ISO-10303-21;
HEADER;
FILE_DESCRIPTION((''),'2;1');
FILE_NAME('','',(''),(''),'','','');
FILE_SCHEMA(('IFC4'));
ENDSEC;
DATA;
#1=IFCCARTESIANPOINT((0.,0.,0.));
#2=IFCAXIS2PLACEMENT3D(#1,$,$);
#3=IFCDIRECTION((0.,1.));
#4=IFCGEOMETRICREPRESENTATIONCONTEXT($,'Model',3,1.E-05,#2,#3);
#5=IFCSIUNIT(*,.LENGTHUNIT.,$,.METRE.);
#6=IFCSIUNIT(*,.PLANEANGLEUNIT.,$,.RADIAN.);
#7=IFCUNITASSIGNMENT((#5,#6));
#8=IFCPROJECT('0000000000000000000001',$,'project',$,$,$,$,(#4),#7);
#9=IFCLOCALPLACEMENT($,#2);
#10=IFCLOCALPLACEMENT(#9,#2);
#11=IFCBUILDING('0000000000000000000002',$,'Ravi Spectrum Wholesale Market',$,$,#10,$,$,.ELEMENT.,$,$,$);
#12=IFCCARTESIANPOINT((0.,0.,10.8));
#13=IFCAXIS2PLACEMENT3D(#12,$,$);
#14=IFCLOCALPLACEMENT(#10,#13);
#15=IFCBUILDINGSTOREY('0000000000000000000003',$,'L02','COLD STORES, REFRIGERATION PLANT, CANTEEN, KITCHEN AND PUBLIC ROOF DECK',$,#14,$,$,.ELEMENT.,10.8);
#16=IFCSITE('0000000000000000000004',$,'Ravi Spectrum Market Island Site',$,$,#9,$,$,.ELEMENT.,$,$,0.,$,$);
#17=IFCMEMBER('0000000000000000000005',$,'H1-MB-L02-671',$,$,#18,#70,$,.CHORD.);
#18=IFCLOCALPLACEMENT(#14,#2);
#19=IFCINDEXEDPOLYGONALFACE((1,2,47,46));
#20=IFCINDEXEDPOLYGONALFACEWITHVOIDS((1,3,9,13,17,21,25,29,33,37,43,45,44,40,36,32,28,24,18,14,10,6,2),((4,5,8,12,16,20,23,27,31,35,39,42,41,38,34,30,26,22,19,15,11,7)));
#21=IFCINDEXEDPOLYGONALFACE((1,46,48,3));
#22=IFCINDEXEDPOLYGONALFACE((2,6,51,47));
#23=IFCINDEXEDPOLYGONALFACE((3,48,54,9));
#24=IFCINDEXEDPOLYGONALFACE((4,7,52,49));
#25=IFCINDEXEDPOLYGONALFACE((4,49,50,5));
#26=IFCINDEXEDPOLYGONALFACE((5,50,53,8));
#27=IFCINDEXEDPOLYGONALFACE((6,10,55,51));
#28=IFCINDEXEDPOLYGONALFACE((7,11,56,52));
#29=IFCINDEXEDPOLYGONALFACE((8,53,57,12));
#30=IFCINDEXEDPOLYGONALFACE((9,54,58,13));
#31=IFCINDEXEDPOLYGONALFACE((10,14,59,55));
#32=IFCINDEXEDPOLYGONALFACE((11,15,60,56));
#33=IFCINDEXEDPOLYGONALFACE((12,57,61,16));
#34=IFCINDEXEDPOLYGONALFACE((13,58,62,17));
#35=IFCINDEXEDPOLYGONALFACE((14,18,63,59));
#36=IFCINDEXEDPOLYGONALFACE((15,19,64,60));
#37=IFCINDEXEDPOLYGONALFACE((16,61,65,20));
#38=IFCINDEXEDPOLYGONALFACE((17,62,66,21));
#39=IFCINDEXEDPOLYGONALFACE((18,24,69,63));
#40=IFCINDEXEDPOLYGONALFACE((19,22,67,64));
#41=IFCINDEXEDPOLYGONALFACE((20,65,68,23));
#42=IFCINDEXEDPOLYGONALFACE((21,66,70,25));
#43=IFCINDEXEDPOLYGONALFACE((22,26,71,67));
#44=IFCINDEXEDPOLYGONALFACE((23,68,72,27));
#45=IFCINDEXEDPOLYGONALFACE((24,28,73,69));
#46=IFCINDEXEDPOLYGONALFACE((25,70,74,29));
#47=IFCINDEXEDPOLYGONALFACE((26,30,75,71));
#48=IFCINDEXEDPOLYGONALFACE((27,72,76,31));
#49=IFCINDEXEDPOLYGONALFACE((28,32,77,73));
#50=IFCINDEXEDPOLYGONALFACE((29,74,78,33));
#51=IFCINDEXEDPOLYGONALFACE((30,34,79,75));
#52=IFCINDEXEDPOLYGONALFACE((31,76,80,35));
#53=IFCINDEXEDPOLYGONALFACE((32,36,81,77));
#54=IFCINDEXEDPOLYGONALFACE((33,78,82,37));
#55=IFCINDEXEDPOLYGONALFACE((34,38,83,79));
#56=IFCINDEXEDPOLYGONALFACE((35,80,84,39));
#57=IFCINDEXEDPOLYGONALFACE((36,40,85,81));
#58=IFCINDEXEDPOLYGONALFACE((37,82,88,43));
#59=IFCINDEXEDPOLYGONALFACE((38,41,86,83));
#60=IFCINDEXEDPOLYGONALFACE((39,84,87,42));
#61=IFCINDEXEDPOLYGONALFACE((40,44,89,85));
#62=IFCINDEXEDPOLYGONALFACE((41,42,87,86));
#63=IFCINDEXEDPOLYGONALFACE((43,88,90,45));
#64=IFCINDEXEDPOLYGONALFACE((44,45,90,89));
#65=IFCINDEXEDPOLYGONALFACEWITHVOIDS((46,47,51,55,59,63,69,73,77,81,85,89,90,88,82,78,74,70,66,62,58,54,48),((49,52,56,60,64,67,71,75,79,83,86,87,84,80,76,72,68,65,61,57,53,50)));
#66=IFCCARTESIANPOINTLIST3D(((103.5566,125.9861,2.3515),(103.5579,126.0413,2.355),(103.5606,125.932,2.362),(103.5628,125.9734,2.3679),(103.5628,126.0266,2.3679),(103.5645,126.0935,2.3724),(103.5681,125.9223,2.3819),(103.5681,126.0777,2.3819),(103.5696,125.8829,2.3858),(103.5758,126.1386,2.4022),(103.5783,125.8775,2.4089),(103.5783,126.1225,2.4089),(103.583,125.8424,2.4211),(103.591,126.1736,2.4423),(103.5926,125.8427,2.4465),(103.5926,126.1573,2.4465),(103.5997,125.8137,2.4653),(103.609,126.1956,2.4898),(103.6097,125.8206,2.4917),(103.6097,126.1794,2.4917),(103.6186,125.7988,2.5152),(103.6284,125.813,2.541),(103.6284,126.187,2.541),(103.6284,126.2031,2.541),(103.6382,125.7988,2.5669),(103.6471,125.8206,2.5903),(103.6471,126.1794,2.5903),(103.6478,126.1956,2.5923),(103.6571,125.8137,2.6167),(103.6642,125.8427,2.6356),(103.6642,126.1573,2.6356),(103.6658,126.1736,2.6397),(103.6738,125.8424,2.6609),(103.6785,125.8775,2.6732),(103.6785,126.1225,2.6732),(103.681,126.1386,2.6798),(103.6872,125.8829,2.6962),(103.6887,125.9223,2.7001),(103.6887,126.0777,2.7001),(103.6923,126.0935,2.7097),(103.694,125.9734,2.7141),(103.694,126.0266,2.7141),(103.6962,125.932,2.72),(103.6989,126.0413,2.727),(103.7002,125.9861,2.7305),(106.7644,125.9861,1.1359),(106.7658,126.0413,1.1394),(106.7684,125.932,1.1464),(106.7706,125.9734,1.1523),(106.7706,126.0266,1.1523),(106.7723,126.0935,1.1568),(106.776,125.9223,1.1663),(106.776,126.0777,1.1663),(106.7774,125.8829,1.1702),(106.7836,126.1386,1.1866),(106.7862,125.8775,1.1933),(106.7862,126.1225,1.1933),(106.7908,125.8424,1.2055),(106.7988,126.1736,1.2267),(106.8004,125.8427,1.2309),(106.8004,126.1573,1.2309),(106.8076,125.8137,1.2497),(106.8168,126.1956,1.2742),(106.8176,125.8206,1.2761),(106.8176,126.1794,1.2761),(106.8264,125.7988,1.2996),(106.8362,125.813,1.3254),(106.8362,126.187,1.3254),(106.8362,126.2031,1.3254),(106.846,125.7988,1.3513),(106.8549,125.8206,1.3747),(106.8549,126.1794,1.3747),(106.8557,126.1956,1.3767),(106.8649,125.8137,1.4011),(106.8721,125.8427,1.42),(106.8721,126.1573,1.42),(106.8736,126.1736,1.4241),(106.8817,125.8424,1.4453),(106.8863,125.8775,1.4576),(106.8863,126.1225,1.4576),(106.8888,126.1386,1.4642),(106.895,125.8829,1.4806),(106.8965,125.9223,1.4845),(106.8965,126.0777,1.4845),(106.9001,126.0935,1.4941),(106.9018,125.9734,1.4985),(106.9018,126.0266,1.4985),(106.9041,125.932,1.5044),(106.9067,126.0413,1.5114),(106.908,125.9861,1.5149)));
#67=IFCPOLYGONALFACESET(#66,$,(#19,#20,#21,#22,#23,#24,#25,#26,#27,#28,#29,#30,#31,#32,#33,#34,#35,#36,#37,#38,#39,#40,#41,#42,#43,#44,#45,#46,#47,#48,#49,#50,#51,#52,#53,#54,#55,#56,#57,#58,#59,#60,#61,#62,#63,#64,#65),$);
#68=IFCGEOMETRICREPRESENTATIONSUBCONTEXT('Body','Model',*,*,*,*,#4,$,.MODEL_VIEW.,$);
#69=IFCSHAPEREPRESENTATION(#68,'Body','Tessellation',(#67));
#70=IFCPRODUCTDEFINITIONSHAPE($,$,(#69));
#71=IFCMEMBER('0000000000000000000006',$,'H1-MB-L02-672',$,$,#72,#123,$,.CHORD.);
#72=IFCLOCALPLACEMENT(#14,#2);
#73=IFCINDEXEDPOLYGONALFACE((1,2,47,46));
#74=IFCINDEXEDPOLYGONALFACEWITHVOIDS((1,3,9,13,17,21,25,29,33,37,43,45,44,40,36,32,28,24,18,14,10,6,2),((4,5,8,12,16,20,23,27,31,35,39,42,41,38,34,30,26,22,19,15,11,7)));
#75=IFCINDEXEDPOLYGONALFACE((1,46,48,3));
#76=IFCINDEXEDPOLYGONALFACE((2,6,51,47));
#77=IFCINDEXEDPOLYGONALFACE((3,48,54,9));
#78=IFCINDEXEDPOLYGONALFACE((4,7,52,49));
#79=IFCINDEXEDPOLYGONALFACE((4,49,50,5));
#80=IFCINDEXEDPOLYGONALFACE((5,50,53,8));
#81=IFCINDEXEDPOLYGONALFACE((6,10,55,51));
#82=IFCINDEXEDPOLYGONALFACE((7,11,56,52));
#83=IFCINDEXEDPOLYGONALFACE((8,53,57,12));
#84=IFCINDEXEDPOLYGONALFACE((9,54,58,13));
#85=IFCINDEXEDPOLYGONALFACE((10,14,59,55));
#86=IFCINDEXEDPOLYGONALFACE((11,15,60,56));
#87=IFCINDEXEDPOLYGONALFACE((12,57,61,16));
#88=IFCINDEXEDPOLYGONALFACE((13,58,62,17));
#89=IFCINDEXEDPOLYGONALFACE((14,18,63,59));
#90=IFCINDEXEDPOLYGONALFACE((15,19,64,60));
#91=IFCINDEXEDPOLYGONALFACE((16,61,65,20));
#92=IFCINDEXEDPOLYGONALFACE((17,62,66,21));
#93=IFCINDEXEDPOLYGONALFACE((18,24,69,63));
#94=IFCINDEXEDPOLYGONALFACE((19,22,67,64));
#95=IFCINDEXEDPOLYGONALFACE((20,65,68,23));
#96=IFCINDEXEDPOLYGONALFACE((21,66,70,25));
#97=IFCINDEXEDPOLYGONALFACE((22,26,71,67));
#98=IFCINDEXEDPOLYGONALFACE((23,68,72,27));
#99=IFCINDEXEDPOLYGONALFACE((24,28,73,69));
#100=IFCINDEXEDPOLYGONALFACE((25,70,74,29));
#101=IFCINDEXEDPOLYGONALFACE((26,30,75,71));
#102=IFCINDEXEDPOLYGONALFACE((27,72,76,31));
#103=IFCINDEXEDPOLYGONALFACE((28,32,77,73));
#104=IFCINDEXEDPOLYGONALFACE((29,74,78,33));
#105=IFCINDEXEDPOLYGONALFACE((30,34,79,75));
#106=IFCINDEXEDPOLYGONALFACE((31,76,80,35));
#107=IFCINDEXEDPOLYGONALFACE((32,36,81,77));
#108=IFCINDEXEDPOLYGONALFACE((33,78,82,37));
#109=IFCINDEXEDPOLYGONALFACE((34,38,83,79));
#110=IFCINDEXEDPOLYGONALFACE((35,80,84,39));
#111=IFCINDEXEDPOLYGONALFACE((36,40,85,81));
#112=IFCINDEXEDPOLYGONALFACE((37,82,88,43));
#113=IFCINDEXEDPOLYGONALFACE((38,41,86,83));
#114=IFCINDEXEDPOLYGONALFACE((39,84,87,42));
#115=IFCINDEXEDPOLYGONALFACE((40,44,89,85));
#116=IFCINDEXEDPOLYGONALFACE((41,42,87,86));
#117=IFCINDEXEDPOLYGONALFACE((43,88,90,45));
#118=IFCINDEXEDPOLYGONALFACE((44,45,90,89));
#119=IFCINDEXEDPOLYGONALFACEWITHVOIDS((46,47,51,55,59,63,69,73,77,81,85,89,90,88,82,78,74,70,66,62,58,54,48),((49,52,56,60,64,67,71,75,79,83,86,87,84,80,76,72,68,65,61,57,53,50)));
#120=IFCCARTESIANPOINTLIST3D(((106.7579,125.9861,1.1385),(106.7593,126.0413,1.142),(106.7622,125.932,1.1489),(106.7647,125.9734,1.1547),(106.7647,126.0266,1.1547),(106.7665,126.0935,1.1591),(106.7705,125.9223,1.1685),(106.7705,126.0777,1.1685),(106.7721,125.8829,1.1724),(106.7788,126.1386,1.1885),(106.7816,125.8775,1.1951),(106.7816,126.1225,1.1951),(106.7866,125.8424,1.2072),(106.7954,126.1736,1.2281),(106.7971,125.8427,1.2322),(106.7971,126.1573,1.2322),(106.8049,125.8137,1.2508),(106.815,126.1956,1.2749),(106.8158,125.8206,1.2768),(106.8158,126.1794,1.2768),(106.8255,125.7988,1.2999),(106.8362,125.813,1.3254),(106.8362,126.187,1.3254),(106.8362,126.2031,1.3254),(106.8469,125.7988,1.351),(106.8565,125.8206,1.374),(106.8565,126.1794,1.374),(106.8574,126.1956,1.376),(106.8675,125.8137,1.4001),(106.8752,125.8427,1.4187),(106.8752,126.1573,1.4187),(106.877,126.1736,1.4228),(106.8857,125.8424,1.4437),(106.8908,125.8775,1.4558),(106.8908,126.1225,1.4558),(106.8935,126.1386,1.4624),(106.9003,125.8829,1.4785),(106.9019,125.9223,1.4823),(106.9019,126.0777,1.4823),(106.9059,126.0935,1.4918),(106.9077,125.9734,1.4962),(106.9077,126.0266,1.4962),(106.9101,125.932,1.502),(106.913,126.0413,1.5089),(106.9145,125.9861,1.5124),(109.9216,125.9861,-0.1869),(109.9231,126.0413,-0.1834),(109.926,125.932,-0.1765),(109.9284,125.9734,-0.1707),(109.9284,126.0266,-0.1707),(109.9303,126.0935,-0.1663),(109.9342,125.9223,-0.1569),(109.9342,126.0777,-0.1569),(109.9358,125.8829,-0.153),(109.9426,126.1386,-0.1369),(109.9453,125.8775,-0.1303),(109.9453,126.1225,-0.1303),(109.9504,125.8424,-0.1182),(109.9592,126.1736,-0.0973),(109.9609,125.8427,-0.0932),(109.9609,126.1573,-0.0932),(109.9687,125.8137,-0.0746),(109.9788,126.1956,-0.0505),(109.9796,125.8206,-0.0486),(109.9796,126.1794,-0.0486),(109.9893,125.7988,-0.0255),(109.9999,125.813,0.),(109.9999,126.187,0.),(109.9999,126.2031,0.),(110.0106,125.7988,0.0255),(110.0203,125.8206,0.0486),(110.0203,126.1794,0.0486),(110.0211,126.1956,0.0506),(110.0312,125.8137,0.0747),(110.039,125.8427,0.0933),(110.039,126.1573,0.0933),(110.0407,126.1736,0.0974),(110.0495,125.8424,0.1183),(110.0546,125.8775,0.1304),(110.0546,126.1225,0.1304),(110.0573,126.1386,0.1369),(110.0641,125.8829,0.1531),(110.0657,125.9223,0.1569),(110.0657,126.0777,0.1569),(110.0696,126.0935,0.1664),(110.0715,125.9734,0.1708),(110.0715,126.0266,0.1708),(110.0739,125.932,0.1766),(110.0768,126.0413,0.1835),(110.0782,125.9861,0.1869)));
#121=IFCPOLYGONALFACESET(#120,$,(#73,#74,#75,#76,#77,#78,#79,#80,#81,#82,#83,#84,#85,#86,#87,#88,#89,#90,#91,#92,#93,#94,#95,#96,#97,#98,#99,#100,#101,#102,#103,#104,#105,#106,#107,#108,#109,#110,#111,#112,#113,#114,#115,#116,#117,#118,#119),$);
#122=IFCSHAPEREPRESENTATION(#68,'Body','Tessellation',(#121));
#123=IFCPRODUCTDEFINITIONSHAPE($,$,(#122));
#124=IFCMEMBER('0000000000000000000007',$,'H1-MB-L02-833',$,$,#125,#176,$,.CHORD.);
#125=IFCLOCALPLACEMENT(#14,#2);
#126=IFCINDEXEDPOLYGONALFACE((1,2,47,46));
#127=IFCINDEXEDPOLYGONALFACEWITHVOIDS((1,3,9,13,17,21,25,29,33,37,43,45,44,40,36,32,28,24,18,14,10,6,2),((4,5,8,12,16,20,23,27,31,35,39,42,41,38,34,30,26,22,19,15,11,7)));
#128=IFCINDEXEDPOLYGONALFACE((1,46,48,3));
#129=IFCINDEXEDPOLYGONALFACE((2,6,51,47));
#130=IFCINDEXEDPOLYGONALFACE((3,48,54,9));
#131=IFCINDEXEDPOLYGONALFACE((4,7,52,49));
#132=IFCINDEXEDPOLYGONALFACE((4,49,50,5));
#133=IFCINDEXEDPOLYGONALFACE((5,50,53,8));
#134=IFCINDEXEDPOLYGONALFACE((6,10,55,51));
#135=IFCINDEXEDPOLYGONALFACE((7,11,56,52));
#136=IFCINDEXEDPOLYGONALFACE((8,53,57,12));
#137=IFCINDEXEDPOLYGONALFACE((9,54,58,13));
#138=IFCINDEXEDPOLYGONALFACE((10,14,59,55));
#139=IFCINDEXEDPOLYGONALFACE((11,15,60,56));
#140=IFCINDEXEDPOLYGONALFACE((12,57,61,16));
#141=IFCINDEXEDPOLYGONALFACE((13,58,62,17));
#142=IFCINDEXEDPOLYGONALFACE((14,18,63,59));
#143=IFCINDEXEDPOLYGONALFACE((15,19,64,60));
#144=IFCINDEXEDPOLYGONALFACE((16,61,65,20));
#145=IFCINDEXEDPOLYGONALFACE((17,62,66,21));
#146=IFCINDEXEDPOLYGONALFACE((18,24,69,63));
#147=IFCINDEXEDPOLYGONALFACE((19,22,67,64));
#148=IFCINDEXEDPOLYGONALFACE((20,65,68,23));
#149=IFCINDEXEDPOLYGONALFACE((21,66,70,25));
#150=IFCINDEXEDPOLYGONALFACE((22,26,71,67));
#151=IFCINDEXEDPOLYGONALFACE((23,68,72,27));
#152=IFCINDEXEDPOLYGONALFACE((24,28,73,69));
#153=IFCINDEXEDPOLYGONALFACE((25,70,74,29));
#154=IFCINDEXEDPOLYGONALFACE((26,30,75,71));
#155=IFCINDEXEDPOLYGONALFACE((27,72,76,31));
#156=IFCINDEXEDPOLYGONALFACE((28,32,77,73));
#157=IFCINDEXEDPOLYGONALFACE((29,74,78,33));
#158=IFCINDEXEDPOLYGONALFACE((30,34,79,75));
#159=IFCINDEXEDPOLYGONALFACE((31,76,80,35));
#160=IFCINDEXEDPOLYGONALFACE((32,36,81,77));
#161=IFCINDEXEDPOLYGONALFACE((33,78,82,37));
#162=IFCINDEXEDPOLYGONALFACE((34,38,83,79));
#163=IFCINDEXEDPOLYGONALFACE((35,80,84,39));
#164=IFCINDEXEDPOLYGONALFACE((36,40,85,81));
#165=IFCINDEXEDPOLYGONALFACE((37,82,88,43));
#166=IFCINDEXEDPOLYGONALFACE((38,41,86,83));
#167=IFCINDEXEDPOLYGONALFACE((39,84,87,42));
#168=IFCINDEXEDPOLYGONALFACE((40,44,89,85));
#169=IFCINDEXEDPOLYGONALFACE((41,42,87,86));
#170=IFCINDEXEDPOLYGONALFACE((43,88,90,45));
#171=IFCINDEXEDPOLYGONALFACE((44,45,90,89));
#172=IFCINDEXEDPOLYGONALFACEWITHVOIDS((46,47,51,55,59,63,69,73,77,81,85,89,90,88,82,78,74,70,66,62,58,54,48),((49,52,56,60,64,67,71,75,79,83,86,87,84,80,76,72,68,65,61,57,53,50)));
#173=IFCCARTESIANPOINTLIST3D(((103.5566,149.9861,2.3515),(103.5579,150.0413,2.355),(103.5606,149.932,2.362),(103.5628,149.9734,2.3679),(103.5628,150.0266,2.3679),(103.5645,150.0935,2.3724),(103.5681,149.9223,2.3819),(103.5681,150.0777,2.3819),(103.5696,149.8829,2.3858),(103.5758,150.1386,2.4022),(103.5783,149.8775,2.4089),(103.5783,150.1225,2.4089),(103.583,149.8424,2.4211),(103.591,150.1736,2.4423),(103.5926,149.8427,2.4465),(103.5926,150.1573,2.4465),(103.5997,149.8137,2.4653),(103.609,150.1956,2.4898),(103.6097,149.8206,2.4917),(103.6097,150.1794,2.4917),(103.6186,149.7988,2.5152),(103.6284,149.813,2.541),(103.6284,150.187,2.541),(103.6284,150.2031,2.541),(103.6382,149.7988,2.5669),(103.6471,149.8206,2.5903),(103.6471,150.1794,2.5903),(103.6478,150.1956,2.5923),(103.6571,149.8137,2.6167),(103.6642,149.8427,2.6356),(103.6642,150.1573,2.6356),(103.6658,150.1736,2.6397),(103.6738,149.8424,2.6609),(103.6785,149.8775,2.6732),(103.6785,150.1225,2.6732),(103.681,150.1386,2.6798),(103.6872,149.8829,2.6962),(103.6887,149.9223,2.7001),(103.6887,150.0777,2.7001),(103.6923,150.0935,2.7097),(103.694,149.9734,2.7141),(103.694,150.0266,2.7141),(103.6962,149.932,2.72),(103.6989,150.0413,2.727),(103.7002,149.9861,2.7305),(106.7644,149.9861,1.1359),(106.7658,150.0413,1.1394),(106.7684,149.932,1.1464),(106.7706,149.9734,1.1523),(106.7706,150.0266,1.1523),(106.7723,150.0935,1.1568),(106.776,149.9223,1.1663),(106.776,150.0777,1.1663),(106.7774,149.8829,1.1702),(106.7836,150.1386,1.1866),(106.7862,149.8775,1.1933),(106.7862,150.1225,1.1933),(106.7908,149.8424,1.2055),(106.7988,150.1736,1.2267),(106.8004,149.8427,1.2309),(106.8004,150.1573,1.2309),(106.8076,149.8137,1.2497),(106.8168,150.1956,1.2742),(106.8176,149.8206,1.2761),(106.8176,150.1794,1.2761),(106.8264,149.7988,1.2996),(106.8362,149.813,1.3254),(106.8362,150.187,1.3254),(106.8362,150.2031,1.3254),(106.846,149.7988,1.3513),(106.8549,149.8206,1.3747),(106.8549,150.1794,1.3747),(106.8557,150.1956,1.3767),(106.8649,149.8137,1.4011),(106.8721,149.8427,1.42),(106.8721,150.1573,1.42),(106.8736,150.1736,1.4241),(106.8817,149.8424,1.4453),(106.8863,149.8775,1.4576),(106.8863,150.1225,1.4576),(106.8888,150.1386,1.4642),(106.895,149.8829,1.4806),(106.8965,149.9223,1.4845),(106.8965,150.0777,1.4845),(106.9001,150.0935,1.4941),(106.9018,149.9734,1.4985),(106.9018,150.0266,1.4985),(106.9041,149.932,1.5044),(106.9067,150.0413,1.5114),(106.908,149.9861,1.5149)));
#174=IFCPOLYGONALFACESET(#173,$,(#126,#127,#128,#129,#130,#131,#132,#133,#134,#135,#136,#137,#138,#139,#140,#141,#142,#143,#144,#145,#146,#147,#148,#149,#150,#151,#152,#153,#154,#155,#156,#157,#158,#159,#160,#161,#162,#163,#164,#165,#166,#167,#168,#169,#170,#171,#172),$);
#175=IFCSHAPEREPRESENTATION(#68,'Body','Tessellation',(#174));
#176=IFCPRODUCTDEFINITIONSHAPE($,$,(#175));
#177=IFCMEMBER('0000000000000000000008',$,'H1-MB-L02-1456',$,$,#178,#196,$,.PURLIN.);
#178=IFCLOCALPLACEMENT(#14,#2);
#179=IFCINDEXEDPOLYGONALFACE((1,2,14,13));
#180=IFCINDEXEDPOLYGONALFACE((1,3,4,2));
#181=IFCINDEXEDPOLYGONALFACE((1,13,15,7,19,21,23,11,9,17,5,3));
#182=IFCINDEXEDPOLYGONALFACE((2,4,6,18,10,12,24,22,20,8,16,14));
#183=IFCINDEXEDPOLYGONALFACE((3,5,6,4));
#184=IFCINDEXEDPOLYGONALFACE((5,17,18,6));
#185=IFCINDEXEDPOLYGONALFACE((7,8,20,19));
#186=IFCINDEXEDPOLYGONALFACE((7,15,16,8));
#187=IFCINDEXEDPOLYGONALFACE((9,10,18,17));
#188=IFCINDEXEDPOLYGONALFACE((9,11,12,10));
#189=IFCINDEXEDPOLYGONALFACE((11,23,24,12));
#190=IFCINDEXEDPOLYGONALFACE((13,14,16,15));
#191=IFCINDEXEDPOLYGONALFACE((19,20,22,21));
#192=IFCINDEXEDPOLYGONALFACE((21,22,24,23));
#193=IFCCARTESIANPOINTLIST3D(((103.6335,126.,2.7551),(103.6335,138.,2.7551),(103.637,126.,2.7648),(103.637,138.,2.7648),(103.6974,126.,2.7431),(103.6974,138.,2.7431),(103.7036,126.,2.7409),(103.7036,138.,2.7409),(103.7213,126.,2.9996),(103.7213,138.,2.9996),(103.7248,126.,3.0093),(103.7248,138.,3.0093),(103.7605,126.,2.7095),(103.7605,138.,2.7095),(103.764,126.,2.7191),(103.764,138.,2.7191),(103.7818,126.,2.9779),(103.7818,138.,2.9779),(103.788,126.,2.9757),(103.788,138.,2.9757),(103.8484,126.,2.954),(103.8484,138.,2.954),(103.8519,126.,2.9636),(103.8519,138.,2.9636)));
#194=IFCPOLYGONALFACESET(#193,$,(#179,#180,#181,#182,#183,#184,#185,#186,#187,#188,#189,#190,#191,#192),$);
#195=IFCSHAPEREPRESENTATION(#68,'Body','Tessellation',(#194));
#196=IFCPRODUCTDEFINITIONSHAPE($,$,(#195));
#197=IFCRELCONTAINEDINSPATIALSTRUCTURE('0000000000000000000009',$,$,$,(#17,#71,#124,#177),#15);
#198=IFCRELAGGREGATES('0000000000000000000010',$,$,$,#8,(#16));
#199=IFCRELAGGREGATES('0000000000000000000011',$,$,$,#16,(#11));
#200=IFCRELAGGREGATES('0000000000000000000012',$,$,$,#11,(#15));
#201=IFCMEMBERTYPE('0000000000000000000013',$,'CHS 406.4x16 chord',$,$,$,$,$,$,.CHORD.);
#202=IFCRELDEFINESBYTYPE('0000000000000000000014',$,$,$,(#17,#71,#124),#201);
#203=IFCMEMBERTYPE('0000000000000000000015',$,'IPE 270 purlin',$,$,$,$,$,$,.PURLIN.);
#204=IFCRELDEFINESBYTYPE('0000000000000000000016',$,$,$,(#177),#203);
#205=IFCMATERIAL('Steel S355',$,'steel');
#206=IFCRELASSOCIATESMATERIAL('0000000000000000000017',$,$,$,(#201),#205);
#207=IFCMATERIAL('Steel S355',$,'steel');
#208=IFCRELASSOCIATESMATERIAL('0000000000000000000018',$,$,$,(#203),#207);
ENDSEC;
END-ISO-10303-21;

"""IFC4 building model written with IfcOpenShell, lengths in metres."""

from ifc_helpers import new_model, si_unit, direction, frame, origin, origin_2d, place, context, subcontext, project, spatial, hollow_circle, i_section, extrude, material, material_profile, profile_set, type_object, element, save


model = new_model("IFC4")

# Units and contexts
model_context = context("Model", 3, precision=1e-05, world=origin(), true_north=direction((0.0, 1.0)))
body_context = subcontext(model_context, "Body", "Model", "MODEL_VIEW")
ifc_project = project(units=[si_unit("LENGTHUNIT", "METRE"), si_unit("PLANEANGLEUNIT", "RADIAN")], contexts=[model_context])

# Site, building, storey
site_placement = place(None, origin())
site = spatial("IfcSite", under=ifc_project, at=site_placement, Name="Ravi Spectrum Market Island Site", CompositionType="ELEMENT", RefElevation=0.0)
building_placement = place(site_placement, origin())
building = spatial("IfcBuilding", under=site, at=building_placement, Name="Ravi Spectrum Wholesale Market", CompositionType="ELEMENT")
storey_placement = place(building_placement, frame((0.0, 0.0, 10.8)))
storey = spatial("IfcBuildingStorey", under=building, at=storey_placement, Name="L02", Description="COLD STORES, REFRIGERATION PLANT, CANTEEN, KITCHEN AND PUBLIC ROOF DECK", CompositionType="ELEMENT", Elevation=10.8)

# Members
ifc_material_1 = material(Name="Steel S355", Category="steel")
ifc_material_profile_1 = material_profile(ifc_material_1, hollow_circle(Radius=0.2031, WallThickness=0.0161, at=origin_2d()))
ifc_profile_set_1 = profile_set([ifc_material_profile_1], Name="Steel S355")
member_type_1 = type_object("IfcMemberType", Name="CHS 406.4x16 chord", PredefinedType="CHORD", material=ifc_profile_set_1)
member_1_placement = place(storey_placement, frame((103.6284, 126.0, 2.541), z_axis=(0.93511, 0.0, -0.354358), x_axis=(0.0, 1.0, 0.0)))
element("IfcMember", 1, at=member_1_placement, inside=storey, type_object=member_type_1, Name="H1-MB-L02-671", PredefinedType="CHORD", context=body_context, shape_type="SweptSolid", body=[
    extrude(hollow_circle(Radius=0.2031, WallThickness=0.0161, at=origin_2d()), origin(), (0.0, 0.0, 1.0), 3.4304),
])
member_2_placement = place(storey_placement, frame((106.8362, 126.0, 1.3254), z_axis=(0.922332, 0.0, -0.386399), x_axis=(0.0, 1.0, 0.0)))
element("IfcMember", 2, at=member_2_placement, inside=storey, type_object=member_type_1, Name="H1-MB-L02-672", PredefinedType="CHORD", context=body_context, shape_type="SweptSolid", body=[
    extrude(hollow_circle(Radius=0.2031, WallThickness=0.0161, at=origin_2d()), origin(), (0.0, 0.0, 1.0), 3.4302),
])
member_3_placement = place(storey_placement, frame((103.6284, 150.0, 2.541), z_axis=(0.93511, 0.0, -0.354358), x_axis=(0.0, 1.0, 0.0)))
element("IfcMember", 3, at=member_3_placement, inside=storey, type_object=member_type_1, Name="H1-MB-L02-833", PredefinedType="CHORD", context=body_context, shape_type="SweptSolid", body=[
    extrude(hollow_circle(Radius=0.2031, WallThickness=0.0161, at=origin_2d()), origin(), (0.0, 0.0, 1.0), 3.4304),
])
ifc_material_2 = material(Name="Steel S355", Category="steel")
ifc_material_profile_2 = material_profile(ifc_material_2, i_section(OverallWidth=0.135, OverallDepth=0.27, WebThickness=0.0066, FlangeThickness=0.0103, at=origin_2d()))
ifc_profile_set_2 = profile_set([ifc_material_profile_2], Name="Steel S355")
member_type_2 = type_object("IfcMemberType", Name="IPE 270 purlin", PredefinedType="PURLIN", material=ifc_profile_set_2)
for number, where, z_axis, x_axis, name in (
    (4, (103.7427, 126.0, 2.8594), (0.0, 1.0, 0.0), (-0.94108, 0.0, 0.338184), "H1-MB-L02-1456"),
):
    element("IfcMember", number, at=place(storey_placement, frame(where, z_axis=z_axis, x_axis=x_axis)), inside=storey, type_object=member_type_2, Name=name, PredefinedType="PURLIN", context=body_context, shape_type="SweptSolid", body=[
        extrude(i_section(OverallWidth=0.135, OverallDepth=0.27, WebThickness=0.0066, FlangeThickness=0.0103, at=origin_2d()), origin(), (0.0, 0.0, 1.0), 12.0),
    ])

save(model, "model.ifc")
